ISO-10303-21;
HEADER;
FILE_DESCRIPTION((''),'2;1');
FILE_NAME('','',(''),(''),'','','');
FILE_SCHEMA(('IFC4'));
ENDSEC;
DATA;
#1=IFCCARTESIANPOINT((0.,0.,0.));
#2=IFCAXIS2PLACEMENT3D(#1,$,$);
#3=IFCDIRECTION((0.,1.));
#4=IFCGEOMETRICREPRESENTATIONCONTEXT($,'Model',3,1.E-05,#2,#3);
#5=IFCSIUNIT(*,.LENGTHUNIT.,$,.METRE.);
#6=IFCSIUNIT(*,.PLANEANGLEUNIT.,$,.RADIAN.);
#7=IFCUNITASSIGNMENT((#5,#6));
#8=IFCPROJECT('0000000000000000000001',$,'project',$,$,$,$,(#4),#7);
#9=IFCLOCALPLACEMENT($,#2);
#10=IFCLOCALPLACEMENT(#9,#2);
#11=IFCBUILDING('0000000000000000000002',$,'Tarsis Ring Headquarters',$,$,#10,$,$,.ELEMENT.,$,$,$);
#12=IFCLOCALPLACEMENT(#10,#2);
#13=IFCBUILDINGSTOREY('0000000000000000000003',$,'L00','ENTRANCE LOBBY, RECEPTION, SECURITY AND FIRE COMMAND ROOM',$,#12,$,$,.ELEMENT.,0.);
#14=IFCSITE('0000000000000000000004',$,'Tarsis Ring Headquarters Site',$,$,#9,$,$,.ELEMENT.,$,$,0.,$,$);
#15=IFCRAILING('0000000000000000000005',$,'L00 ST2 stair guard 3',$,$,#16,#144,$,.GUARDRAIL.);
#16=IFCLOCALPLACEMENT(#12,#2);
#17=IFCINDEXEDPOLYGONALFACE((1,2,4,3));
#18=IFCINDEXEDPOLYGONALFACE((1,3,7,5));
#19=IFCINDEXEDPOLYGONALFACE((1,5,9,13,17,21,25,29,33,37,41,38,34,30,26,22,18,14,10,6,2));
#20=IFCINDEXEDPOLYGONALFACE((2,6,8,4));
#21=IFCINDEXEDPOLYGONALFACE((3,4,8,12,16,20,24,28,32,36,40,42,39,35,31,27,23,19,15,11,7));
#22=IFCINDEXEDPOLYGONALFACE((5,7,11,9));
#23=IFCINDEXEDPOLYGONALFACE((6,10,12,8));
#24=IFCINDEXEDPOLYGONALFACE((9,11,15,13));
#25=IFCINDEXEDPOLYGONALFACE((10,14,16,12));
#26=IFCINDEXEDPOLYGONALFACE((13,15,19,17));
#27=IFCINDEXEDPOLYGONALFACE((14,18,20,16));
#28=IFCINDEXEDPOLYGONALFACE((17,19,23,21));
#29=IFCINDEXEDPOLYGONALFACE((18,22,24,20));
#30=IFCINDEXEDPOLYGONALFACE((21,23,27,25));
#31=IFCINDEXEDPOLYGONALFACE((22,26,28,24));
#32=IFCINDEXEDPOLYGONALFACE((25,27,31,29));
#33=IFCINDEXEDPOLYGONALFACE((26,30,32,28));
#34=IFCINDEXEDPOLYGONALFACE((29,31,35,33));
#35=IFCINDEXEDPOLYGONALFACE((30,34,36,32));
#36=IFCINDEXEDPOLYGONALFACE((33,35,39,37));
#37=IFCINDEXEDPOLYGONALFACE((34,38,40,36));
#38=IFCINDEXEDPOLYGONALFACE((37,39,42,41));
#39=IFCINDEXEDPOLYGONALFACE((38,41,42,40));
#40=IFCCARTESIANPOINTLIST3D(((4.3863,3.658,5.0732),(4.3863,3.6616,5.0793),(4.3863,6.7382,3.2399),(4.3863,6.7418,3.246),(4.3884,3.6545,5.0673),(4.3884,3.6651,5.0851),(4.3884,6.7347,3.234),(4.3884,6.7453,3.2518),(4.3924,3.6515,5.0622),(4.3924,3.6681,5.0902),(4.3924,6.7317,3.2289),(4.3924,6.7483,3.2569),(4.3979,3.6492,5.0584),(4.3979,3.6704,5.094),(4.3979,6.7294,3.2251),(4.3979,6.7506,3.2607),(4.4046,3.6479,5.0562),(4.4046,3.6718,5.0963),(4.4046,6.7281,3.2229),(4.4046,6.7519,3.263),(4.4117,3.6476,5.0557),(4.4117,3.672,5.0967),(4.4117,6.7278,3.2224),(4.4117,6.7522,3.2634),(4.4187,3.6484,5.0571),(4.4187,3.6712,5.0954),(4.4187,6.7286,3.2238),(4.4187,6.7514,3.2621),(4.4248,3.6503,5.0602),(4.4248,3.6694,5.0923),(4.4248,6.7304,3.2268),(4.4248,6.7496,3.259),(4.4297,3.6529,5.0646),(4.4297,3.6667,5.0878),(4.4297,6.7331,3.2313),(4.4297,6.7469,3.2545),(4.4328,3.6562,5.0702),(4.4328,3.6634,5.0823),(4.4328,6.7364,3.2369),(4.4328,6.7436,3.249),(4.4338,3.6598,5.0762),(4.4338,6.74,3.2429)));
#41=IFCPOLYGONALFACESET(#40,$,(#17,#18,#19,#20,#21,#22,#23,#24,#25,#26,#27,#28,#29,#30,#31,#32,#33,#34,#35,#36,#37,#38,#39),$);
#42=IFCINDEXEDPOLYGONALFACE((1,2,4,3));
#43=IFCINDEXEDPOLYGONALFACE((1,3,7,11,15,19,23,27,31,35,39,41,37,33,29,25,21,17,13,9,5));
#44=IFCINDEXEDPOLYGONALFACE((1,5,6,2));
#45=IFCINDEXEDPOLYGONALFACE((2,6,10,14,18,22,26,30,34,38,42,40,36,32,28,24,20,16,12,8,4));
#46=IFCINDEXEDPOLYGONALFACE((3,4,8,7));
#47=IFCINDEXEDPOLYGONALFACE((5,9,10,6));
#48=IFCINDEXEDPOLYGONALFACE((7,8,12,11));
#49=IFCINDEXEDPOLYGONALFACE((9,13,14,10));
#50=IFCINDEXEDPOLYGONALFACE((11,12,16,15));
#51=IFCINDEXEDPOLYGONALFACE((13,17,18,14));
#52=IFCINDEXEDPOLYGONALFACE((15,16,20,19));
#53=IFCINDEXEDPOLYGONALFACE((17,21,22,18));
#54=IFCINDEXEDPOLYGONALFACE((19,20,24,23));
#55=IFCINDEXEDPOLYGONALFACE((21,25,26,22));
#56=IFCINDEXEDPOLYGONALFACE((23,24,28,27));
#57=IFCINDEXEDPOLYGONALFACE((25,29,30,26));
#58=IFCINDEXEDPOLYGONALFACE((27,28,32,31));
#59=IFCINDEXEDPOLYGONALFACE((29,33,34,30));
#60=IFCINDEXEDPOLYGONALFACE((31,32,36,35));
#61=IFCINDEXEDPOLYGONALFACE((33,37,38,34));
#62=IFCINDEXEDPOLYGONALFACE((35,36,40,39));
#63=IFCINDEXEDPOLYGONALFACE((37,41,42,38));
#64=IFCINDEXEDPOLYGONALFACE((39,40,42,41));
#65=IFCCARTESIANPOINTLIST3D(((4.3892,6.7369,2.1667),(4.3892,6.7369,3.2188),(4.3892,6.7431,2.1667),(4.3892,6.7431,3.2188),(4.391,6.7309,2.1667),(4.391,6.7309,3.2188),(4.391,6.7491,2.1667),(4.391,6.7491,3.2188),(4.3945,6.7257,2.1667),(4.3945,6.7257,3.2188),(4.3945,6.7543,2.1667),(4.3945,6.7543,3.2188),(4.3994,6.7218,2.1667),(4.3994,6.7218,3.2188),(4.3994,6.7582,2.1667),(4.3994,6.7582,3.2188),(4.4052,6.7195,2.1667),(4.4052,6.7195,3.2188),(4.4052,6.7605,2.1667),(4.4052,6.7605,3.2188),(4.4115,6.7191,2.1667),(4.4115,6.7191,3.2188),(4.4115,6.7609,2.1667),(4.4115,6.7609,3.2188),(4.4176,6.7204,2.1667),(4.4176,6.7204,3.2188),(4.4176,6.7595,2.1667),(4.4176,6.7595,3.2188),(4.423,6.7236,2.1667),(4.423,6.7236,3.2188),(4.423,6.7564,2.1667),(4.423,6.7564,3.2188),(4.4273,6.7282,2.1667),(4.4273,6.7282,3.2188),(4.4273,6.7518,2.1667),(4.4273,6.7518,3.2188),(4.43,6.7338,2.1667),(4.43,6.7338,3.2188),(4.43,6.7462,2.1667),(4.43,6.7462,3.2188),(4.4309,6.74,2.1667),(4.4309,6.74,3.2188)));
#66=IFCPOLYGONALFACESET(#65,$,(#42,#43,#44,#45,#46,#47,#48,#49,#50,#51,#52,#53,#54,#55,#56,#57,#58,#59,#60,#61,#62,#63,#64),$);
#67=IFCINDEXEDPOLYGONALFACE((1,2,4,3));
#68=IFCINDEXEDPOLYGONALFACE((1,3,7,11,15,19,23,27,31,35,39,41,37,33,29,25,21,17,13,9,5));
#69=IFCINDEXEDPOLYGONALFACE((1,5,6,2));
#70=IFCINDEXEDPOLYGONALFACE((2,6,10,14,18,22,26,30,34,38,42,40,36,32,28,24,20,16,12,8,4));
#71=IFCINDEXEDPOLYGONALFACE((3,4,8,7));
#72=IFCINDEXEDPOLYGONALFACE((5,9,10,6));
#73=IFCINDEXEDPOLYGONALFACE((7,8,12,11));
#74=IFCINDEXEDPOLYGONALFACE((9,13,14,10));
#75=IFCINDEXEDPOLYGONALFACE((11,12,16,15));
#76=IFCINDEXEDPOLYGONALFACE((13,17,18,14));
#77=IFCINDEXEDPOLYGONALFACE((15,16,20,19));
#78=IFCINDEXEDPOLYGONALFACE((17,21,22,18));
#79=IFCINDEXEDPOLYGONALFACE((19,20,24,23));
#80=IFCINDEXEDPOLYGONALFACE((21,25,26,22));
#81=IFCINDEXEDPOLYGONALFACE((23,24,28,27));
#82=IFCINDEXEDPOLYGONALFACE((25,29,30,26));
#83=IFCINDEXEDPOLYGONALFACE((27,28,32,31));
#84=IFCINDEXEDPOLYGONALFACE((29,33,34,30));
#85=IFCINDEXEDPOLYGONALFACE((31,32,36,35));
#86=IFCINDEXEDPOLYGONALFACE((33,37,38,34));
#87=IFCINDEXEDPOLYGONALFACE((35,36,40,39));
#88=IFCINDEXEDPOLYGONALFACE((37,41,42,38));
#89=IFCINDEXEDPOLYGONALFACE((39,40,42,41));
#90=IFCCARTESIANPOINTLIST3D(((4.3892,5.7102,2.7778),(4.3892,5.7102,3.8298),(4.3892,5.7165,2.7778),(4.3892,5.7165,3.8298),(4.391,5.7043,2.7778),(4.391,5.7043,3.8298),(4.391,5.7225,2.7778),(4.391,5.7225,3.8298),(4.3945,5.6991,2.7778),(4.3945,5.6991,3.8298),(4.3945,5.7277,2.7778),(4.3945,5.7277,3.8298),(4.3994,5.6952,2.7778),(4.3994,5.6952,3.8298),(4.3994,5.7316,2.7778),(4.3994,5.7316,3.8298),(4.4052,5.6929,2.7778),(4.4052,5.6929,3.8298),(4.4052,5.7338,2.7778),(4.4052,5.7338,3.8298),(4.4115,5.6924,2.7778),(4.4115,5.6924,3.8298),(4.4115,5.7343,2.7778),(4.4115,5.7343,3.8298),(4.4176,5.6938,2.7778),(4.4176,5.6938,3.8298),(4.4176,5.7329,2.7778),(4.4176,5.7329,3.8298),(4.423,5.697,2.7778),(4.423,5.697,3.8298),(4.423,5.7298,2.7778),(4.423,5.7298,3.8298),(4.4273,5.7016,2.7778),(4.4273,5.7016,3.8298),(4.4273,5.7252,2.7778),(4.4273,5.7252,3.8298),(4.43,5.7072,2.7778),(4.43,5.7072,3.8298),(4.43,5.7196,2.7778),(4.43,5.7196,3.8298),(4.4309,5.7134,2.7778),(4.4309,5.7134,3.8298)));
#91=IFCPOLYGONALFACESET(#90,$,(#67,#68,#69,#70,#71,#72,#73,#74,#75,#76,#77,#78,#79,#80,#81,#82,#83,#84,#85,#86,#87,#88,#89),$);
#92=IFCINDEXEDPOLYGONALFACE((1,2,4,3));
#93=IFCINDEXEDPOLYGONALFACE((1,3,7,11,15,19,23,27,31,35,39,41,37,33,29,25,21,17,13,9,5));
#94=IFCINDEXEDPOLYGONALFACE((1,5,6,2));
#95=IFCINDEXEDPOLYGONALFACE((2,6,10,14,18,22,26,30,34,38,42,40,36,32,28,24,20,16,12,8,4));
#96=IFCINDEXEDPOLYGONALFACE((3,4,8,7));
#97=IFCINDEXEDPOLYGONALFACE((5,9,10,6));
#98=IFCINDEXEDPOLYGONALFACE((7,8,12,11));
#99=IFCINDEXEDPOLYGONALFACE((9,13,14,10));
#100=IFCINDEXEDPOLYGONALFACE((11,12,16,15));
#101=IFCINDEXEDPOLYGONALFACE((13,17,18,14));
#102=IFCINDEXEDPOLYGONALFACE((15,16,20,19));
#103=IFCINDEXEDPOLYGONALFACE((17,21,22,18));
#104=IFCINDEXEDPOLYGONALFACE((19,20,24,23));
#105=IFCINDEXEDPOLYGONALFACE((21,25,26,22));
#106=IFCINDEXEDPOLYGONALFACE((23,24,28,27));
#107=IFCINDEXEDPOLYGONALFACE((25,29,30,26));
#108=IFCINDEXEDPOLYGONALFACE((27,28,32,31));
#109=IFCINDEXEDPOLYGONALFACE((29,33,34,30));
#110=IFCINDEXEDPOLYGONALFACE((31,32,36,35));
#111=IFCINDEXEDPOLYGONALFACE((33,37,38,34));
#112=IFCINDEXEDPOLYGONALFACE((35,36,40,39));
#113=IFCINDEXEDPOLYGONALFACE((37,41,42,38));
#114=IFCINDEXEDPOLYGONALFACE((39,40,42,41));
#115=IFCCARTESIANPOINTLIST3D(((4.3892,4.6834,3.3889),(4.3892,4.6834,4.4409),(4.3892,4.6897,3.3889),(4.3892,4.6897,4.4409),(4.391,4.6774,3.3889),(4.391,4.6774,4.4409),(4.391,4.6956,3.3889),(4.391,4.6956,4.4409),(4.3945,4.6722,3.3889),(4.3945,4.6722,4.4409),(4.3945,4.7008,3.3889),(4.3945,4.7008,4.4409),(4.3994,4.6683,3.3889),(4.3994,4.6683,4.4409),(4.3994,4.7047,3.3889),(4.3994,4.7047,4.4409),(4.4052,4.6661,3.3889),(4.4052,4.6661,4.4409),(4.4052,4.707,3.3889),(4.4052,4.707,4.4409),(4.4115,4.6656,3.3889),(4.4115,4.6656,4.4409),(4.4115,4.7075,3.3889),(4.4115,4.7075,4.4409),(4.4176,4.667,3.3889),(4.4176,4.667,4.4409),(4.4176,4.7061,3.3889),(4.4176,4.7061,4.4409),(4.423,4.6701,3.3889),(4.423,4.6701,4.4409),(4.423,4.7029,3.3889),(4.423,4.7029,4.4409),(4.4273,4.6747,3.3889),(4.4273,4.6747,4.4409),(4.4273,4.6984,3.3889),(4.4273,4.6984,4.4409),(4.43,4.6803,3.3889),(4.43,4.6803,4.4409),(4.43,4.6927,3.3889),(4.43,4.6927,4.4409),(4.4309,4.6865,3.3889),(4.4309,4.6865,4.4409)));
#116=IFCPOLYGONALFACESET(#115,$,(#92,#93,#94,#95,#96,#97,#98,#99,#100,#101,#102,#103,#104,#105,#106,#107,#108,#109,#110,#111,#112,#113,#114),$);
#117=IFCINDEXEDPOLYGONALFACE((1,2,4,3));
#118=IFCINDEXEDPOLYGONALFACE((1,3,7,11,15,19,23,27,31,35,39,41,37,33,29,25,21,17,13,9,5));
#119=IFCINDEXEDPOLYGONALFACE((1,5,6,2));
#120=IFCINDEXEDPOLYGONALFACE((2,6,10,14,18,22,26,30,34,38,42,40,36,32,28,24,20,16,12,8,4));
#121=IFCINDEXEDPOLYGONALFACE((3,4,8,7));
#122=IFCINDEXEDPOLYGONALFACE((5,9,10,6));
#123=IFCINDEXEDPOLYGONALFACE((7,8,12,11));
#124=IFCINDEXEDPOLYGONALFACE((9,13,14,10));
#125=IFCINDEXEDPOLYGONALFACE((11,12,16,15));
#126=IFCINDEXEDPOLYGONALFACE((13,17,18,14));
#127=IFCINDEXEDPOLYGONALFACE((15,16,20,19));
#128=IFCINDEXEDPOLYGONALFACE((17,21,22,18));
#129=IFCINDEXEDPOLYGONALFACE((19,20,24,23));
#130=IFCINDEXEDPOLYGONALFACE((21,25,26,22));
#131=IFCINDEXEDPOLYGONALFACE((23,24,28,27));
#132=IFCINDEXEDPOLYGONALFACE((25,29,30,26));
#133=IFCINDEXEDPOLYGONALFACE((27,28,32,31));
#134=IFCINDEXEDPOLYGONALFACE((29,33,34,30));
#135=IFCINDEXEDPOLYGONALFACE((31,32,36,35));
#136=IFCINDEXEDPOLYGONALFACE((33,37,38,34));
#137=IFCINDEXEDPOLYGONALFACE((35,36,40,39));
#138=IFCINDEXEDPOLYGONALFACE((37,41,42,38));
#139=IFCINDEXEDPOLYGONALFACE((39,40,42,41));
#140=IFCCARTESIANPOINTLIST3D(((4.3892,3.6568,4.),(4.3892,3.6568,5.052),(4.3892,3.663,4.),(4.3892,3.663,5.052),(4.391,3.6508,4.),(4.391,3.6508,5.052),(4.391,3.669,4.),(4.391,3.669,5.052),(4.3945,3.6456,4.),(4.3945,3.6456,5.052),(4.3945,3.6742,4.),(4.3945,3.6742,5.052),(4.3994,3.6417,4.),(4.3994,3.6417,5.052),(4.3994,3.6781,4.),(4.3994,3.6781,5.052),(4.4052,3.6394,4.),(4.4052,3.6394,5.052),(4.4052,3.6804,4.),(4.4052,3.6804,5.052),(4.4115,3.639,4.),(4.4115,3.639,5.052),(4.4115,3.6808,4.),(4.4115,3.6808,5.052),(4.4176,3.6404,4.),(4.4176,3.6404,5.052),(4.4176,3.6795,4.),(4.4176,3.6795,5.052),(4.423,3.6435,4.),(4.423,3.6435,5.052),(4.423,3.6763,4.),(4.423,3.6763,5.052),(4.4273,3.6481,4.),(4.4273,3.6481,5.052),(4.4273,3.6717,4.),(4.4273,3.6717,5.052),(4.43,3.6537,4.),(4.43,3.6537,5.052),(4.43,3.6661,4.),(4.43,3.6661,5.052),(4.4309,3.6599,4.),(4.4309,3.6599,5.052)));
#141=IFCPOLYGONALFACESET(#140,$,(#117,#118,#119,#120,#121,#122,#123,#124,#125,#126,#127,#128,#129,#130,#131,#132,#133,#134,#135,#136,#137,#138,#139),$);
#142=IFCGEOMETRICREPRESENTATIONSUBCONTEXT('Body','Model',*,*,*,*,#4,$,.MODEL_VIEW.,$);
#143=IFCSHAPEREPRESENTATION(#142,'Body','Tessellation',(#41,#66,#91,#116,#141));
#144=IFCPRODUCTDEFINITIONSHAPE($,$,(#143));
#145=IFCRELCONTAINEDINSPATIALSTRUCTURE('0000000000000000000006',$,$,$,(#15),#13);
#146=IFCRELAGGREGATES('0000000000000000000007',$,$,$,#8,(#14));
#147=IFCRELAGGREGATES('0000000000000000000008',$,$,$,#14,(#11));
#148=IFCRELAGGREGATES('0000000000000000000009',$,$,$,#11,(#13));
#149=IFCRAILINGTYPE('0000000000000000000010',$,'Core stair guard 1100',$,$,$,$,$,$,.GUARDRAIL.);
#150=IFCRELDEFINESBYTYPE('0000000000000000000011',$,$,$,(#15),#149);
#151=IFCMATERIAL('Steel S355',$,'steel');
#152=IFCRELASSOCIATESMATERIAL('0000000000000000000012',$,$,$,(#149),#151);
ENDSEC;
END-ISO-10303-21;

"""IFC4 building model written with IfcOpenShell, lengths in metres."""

from ifc_helpers import new_model, si_unit, direction, frame, origin, origin_2d, place, context, subcontext, project, spatial, circle, extrude, material, type_object, element, save


model = new_model("IFC4")

# Units and contexts
model_context = context("Model", 3, precision=1e-05, world=origin(), true_north=direction((0.0, 1.0)))
body_context = subcontext(model_context, "Body", "Model", "MODEL_VIEW")
ifc_project = project(units=[si_unit("LENGTHUNIT", "METRE"), si_unit("PLANEANGLEUNIT", "RADIAN")], contexts=[model_context])

# Site, building, storey
site_placement = place(None, origin())
site = spatial("IfcSite", under=ifc_project, at=site_placement, Name="Tarsis Ring Headquarters Site", CompositionType="ELEMENT", RefElevation=0.0)
building_placement = place(site_placement, origin())
building = spatial("IfcBuilding", under=site, at=building_placement, Name="Tarsis Ring Headquarters", CompositionType="ELEMENT")
storey_placement = place(building_placement, origin())
storey = spatial("IfcBuildingStorey", under=building, at=storey_placement, Name="L00", Description="ENTRANCE LOBBY, RECEPTION, SECURITY AND FIRE COMMAND ROOM", CompositionType="ELEMENT", Elevation=0.0)

# Railing
ifc_material_1 = material(Name="Steel S355", Category="steel")
railing_type_1 = type_object("IfcRailingType", Name="Core stair guard 1100", PredefinedType="GUARDRAIL", material=ifc_material_1)
railing_1_placement = place(storey_placement, frame((4.4099, 6.74, 2.1667)))
element("IfcRailing", 1, at=railing_1_placement, inside=storey, type_object=railing_type_1, Name="L00 ST2 stair guard 3", PredefinedType="GUARDRAIL", context=body_context, shape_type="SweptSolid", body=[
    extrude(circle(Radius=0.0239, at=origin_2d()), frame((0.0, 0.0, 1.0762), z_axis=(0.0, -0.859309, 0.511458), x_axis=(1.0, 0.0, 0.0)), (0.0, 0.0, 1.0), 3.5845),
    extrude(circle(Radius=0.021, at=origin_2d()), origin(), (0.0, 0.0, 1.0), 1.052),
    extrude(circle(Radius=0.021, at=origin_2d()), frame((0.0, -1.0266, 0.6111)), (0.0, 0.0, 1.0), 1.052),
    extrude(circle(Radius=0.021, at=origin_2d()), frame((0.0, -2.0535, 1.2222)), (0.0, 0.0, 1.0), 1.052),
    extrude(circle(Radius=0.021, at=origin_2d()), frame((0.0, -3.0801, 1.8333)), (0.0, 0.0, 1.0), 1.052),
])

save(model, "model.ifc")
